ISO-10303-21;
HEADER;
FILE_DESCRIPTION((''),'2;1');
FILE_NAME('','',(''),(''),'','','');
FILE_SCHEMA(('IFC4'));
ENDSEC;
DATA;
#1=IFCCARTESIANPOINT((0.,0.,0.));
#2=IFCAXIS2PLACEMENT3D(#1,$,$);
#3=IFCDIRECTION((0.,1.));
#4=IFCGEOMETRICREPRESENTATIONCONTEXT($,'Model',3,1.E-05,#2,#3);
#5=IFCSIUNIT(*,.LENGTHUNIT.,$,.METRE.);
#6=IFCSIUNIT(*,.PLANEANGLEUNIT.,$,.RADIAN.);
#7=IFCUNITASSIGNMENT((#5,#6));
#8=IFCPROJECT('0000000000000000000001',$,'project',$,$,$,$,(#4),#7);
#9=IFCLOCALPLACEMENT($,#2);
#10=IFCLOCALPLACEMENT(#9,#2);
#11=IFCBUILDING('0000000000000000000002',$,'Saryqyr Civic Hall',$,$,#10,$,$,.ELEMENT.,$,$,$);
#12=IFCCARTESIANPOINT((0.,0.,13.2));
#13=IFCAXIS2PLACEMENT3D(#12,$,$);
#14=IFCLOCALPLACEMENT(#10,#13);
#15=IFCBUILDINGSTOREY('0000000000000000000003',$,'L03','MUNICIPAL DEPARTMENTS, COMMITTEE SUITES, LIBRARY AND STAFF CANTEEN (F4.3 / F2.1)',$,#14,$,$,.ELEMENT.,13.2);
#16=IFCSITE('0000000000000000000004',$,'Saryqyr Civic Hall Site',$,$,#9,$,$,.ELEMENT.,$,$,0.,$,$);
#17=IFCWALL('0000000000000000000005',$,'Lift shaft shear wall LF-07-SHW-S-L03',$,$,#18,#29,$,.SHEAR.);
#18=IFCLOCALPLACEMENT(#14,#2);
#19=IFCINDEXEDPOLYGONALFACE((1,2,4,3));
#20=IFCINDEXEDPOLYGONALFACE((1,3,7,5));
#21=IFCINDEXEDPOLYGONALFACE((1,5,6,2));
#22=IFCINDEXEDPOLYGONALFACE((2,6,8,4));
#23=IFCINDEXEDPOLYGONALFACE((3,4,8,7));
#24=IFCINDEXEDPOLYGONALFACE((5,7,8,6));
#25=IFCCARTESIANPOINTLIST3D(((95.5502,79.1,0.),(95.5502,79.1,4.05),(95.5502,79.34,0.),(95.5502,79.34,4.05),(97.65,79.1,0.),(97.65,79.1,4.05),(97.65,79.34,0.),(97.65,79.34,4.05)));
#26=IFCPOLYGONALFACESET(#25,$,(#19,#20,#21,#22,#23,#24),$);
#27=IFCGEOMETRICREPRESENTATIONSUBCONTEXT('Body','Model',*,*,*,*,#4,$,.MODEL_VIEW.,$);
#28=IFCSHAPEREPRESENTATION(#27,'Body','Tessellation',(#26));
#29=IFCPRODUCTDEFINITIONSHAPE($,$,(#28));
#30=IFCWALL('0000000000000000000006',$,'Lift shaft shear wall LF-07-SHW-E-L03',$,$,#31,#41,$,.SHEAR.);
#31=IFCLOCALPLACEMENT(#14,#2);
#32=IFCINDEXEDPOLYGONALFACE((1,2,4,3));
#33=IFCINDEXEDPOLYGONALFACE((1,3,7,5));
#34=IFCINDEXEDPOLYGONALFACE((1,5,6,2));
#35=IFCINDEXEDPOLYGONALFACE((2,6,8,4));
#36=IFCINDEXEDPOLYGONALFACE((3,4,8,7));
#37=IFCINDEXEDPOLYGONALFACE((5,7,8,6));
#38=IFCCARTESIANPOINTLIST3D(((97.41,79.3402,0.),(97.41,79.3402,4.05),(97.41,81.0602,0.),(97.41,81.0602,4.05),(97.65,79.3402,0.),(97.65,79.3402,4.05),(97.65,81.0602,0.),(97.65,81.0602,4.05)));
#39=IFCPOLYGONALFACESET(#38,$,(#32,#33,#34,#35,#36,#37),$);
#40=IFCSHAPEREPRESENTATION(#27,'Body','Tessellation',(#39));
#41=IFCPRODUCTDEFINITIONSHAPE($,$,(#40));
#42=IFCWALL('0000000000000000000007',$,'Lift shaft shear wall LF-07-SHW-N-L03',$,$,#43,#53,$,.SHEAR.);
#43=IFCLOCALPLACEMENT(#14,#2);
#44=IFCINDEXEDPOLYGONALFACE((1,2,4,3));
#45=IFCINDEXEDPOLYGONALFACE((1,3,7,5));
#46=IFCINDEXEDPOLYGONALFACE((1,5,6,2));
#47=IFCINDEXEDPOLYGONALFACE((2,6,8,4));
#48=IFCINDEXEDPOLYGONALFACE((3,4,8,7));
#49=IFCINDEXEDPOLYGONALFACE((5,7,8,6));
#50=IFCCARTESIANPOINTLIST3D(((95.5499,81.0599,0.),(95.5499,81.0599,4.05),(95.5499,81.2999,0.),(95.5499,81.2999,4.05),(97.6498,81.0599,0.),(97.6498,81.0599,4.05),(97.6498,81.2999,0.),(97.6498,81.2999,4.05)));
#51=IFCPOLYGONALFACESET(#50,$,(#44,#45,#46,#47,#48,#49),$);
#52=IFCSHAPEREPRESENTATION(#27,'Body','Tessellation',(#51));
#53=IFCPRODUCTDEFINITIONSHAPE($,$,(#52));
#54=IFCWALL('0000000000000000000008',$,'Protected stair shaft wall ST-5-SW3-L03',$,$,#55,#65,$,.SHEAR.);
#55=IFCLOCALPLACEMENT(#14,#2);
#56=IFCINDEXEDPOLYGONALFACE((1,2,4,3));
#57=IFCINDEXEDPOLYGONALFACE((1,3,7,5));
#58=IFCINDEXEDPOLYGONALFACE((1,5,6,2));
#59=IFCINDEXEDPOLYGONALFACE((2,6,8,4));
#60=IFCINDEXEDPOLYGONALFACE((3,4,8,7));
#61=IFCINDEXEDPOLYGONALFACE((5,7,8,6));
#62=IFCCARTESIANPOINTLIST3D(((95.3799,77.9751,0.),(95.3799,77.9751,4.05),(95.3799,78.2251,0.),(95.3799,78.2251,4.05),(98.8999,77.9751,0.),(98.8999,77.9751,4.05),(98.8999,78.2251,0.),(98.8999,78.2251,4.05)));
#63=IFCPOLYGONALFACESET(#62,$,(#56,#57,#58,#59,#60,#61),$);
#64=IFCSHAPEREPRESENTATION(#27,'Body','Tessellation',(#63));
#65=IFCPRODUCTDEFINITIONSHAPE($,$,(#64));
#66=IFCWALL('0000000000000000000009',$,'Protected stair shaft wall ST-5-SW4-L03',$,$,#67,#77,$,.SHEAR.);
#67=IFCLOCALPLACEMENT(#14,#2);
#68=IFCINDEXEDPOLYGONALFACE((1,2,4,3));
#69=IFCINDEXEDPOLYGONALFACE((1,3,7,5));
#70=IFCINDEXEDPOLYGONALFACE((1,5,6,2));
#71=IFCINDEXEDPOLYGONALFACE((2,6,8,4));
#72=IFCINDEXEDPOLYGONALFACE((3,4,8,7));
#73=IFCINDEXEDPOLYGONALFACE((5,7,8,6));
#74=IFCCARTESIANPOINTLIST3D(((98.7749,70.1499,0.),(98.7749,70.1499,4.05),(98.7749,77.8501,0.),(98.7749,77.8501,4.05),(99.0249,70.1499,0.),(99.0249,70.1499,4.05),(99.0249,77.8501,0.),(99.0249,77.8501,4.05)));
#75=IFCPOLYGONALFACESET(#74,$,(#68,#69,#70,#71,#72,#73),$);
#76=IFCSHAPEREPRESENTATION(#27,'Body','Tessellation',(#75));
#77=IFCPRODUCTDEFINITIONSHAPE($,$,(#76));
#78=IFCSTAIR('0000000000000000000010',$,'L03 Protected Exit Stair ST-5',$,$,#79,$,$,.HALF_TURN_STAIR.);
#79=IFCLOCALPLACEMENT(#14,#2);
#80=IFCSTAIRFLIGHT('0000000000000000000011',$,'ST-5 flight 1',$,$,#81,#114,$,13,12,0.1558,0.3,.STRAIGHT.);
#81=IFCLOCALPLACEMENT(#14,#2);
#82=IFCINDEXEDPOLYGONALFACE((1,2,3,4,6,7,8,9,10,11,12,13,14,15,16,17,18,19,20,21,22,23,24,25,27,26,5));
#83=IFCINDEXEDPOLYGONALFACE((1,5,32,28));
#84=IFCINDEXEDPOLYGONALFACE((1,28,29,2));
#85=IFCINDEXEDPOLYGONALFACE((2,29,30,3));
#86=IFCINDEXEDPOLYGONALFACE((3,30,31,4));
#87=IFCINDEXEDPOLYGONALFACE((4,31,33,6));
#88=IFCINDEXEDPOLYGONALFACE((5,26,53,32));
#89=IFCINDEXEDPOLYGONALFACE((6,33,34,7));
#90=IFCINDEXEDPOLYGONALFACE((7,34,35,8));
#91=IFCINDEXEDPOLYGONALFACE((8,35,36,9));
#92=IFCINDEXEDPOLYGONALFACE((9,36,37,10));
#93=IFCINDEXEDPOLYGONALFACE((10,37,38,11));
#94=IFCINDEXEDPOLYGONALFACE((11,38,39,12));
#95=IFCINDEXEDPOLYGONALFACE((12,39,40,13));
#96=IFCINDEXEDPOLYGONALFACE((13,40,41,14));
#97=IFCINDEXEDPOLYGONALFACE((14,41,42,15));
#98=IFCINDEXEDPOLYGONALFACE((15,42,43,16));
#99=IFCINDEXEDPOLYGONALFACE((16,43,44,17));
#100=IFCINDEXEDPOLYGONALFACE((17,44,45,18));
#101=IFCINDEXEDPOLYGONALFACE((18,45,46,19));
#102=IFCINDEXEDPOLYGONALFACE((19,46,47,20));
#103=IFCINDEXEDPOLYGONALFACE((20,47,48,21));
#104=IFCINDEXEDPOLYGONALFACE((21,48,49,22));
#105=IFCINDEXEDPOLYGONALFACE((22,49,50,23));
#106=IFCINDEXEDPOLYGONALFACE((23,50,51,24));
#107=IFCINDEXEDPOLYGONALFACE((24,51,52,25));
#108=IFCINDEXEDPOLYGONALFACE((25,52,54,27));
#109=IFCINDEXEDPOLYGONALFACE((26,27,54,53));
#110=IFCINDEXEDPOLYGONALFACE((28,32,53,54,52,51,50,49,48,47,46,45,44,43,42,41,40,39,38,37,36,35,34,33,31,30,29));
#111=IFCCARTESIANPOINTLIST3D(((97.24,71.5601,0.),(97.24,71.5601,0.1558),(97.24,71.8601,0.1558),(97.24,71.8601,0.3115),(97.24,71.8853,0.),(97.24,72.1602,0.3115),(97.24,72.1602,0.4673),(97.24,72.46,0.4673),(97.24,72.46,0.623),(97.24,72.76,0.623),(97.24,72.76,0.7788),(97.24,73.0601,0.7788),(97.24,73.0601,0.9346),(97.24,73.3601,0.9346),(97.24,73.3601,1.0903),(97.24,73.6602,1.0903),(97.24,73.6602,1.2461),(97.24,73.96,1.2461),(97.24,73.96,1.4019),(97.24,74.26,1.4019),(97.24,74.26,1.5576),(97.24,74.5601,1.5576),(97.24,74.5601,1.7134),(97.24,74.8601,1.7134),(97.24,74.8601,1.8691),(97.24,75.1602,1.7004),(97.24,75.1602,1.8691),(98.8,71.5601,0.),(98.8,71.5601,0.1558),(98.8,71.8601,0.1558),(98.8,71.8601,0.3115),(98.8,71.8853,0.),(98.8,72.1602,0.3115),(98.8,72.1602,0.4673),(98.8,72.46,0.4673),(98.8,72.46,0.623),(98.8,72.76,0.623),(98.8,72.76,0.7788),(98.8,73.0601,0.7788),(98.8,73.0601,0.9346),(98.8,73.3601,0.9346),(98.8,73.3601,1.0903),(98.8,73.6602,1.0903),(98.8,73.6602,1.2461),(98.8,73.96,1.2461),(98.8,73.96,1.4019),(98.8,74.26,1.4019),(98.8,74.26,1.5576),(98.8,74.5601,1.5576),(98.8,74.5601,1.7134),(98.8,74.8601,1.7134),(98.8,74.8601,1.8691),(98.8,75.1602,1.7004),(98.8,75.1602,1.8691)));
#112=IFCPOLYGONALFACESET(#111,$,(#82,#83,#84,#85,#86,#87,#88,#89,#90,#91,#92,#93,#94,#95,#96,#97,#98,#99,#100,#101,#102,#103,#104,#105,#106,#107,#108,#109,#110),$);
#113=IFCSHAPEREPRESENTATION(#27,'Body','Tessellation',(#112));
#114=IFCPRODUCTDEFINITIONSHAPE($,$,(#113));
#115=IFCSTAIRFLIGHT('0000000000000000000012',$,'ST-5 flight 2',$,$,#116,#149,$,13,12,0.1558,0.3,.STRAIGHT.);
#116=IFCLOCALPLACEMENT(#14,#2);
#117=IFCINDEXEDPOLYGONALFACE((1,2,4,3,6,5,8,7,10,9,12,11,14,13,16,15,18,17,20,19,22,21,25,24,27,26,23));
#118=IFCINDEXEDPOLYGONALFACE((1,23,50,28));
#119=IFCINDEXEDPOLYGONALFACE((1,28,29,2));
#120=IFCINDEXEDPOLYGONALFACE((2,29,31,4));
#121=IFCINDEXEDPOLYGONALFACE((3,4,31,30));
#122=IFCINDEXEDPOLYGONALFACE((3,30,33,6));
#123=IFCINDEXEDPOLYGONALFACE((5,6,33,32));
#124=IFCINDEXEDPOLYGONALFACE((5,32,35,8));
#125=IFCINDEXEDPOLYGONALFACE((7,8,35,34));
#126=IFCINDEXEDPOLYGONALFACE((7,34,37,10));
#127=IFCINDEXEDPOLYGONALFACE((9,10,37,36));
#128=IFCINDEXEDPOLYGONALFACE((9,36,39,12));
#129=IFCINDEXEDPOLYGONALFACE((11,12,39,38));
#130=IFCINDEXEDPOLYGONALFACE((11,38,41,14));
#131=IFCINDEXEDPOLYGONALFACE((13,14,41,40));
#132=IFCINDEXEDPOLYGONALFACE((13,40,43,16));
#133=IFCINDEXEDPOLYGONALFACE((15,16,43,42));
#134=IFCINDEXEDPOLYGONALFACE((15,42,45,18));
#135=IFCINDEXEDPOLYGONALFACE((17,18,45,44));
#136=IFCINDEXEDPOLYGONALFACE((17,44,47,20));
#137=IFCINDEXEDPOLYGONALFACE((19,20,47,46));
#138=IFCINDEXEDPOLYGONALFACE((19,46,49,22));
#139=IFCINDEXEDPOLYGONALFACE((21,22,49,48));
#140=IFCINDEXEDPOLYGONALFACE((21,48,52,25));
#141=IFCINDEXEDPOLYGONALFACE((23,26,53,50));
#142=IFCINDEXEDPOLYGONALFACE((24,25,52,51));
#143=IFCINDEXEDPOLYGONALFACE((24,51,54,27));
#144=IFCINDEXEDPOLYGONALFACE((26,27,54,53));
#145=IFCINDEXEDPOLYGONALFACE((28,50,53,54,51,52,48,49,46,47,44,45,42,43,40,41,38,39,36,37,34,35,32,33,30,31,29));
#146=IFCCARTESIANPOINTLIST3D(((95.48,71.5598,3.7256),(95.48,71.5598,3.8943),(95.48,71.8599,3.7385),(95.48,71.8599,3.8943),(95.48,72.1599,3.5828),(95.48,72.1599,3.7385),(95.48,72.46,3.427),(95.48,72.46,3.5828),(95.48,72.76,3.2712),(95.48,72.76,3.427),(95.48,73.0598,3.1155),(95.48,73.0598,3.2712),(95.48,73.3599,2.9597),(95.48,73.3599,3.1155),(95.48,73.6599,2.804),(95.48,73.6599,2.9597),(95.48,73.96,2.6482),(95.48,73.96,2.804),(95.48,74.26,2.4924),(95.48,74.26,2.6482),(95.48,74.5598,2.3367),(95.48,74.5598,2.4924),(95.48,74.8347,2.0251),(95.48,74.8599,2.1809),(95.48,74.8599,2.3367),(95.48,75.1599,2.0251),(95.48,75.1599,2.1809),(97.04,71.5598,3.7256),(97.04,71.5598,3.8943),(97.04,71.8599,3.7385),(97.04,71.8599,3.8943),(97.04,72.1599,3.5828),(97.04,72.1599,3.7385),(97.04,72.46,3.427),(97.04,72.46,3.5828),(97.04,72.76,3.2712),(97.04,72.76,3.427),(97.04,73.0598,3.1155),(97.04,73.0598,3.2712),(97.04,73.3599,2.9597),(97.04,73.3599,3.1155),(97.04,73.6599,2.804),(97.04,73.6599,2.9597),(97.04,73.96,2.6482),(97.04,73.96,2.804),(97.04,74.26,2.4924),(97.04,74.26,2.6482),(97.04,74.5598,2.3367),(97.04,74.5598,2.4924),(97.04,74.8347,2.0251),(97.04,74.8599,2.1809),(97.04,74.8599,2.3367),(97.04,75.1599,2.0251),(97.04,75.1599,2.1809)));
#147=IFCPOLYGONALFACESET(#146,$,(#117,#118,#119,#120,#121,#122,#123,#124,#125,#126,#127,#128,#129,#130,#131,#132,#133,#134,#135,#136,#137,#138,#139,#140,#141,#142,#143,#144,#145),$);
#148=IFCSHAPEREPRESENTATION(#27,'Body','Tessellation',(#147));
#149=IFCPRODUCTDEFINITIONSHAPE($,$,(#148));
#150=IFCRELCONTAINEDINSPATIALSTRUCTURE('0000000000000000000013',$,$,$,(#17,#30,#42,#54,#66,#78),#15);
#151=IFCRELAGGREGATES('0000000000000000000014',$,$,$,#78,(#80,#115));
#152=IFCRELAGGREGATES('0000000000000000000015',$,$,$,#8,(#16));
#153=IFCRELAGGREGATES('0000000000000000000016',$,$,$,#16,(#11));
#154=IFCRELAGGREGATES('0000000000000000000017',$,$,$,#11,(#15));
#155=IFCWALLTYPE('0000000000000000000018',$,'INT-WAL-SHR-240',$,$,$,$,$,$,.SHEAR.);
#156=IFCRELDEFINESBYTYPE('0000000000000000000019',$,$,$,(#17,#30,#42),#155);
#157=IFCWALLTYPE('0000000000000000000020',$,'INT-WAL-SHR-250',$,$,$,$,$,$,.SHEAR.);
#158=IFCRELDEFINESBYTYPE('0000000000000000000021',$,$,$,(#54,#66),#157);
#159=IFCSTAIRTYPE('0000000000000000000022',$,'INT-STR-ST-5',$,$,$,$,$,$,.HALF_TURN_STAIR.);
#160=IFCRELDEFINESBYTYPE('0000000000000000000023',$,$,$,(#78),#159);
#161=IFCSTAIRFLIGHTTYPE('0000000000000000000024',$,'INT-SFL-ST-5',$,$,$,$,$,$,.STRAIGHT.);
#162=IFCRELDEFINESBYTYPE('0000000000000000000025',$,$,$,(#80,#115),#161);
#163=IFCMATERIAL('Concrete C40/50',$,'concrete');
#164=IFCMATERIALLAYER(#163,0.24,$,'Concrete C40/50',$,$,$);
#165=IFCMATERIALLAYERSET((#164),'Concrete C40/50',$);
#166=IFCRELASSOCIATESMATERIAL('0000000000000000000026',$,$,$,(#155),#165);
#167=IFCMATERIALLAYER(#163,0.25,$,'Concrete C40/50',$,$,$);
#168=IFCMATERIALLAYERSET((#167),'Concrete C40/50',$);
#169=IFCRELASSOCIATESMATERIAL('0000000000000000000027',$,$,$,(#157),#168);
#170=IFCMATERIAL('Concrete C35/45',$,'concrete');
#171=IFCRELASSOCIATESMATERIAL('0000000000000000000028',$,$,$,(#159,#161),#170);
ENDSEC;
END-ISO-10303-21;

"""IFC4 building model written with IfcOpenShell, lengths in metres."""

from ifc_helpers import new_model, si_unit, direction, frame, frame_2d, origin, place, context, subcontext, project, spatial, polyline, rectangle, outline, extrude, material, layer, layer_set, type_object, element, aggregate, save


model = new_model("IFC4")

# Units and contexts
model_context = context("Model", 3, precision=1e-05, world=origin(), true_north=direction((0.0, 1.0)))
body_context = subcontext(model_context, "Body", "Model", "MODEL_VIEW")
ifc_project = project(units=[si_unit("LENGTHUNIT", "METRE"), si_unit("PLANEANGLEUNIT", "RADIAN")], contexts=[model_context])

# Site, building, storey
site_placement = place(None, origin())
site = spatial("IfcSite", under=ifc_project, at=site_placement, Name="Saryqyr Civic Hall Site", CompositionType="ELEMENT", RefElevation=0.0)
building_placement = place(site_placement, origin())
building = spatial("IfcBuilding", under=site, at=building_placement, Name="Saryqyr Civic Hall", CompositionType="ELEMENT")
storey_placement = place(building_placement, frame((0.0, 0.0, 13.2)))
storey = spatial("IfcBuildingStorey", under=building, at=storey_placement, Name="L03", Description="MUNICIPAL DEPARTMENTS, COMMITTEE SUITES, LIBRARY AND STAFF CANTEEN (F4.3 / F2.1)", CompositionType="ELEMENT", Elevation=13.2)

# Shared definitions
ifc_material_1 = material(Name="Concrete C40/50", Category="concrete")

# Walls
ifc_layer_1 = layer(ifc_material_1, 0.24, Name="Concrete C40/50")
ifc_layer_set_1 = layer_set([ifc_layer_1], Name="Concrete C40/50")
wall_type_1 = type_object("IfcWallType", Name="INT-WAL-SHR-240", PredefinedType="SHEAR", material=ifc_layer_set_1)
wall_1_placement = place(storey_placement, frame((97.6499, 79.22, 0.0), z_axis=(0.0, 0.0, 1.0), x_axis=(-1.0, 0.0, 0.0)))
element("IfcWall", 1, at=wall_1_placement, inside=storey, type_object=wall_type_1, Name="Lift shaft shear wall LF-07-SHW-S-L03", PredefinedType="SHEAR", context=body_context, shape_type="SweptSolid", body=[
    extrude(rectangle(XDim=2.0999, YDim=0.24, at=frame_2d((1.0498, 0.0))), origin(), (0.0, 0.0, 1.0), 4.05),
])
wall_2_placement = place(storey_placement, frame((97.53, 81.0601, 0.0), z_axis=(0.0, 0.0, 1.0), x_axis=(0.0, -1.0, 0.0)))
element("IfcWall", 2, at=wall_2_placement, inside=storey, type_object=wall_type_1, Name="Lift shaft shear wall LF-07-SHW-E-L03", PredefinedType="SHEAR", context=body_context, shape_type="SweptSolid", body=[
    extrude(rectangle(XDim=1.72, YDim=0.24, at=frame_2d((0.8599, 0.0))), origin(), (0.0, 0.0, 1.0), 4.05),
])
wall_3_placement = place(storey_placement, frame((95.55, 81.1799, 0.0), z_axis=(0.0, 0.0, 1.0), x_axis=(1.0, 0.0, 0.0)))
element("IfcWall", 3, at=wall_3_placement, inside=storey, type_object=wall_type_1, Name="Lift shaft shear wall LF-07-SHW-N-L03", PredefinedType="SHEAR", context=body_context, shape_type="SweptSolid", body=[
    extrude(rectangle(XDim=2.0999, YDim=0.24, at=frame_2d((1.0498, 0.0))), origin(), (0.0, 0.0, 1.0), 4.05),
])

# Walls
ifc_layer_2 = layer(ifc_material_1, 0.25, Name="Concrete C40/50")
ifc_layer_set_2 = layer_set([ifc_layer_2], Name="Concrete C40/50")
wall_type_2 = type_object("IfcWallType", Name="INT-WAL-SHR-250", PredefinedType="SHEAR", material=ifc_layer_set_2)
wall_4_placement = place(storey_placement, frame((95.3799, 78.1001, 0.0), z_axis=(0.0, 0.0, 1.0), x_axis=(1.0, 0.0, 0.0)))
element("IfcWall", 4, at=wall_4_placement, inside=storey, type_object=wall_type_2, Name="Protected stair shaft wall ST-5-SW3-L03", PredefinedType="SHEAR", context=body_context, shape_type="SweptSolid", body=[
    extrude(rectangle(XDim=3.52, YDim=0.25, at=frame_2d((1.76, 0.0))), origin(), (0.0, 0.0, 1.0), 4.05),
])
wall_5_placement = place(storey_placement, frame((98.8999, 77.8501, 0.0), z_axis=(0.0, 0.0, 1.0), x_axis=(0.0, -1.0, 0.0)))
element("IfcWall", 5, at=wall_5_placement, inside=storey, type_object=wall_type_2, Name="Protected stair shaft wall ST-5-SW4-L03", PredefinedType="SHEAR", context=body_context, shape_type="SweptSolid", body=[
    extrude(rectangle(XDim=7.7002, YDim=0.25, at=frame_2d((3.8501, 0.0))), origin(), (0.0, 0.0, 1.0), 4.05),
])

# Stair, stair flights
ifc_material_2 = material(Name="Concrete C35/45", Category="concrete")
stair_type = type_object("IfcStairType", Name="INT-STR-ST-5", PredefinedType="HALF_TURN_STAIR", material=ifc_material_2)
stair_placement = place(storey_placement, origin())
stair = element("IfcStair", 6, at=stair_placement, inside=storey, type_object=stair_type, Name="L03 Protected Exit Stair ST-5", PredefinedType="HALF_TURN_STAIR")
stair_flight_type = type_object("IfcStairFlightType", Name="INT-SFL-ST-5", PredefinedType="STRAIGHT", material=ifc_material_2)
stair_flight_1_placement = place(storey_placement, frame((98.02, 71.5601, 0.0), z_axis=(0.0, 0.0, 1.0), x_axis=(0.0, 1.0, 0.0)))
stair_flight_1 = element("IfcStairFlight", 7, at=stair_flight_1_placement, type_object=stair_flight_type, Name="ST-5 flight 1", NumberOfRisers=13, NumberOfTreads=12, PredefinedType="STRAIGHT", RiserHeight=0.1558, TreadLength=0.3, context=body_context, shape_type="SweptSolid", body=[
    extrude(outline(polyline([(0.0, 0.0), (0.0, 0.1558), (0.3, 0.1558), (0.3, 0.3115), (0.6001, 0.3115), (0.6001, 0.4673), (0.8999, 0.4673), (0.8999, 0.623), (1.2, 0.623), (1.2, 0.7788), (1.5, 0.7788), (1.5, 0.9346), (1.8, 0.9346), (1.8, 1.0903), (2.1001, 1.0903), (2.1001, 1.2461), (2.3999, 1.2461), (2.3999, 1.4019), (2.7, 1.4019), (2.7, 1.5576), (3.0, 1.5576), (3.0, 1.7134), (3.3, 1.7134), (3.3, 1.8691), (3.6001, 1.8691), (3.6001, 2.0249), (3.6001, 1.7004), (0.3252, 0.0), (0.0, 0.0)])), frame((0.0, 0.78, 0.0), z_axis=(0.0, -1.0, 0.0), x_axis=(1.0, 0.0, 0.0)), (0.0, 0.0, 1.0), 1.5601),
])
stair_flight_2_placement = place(storey_placement, frame((96.26, 75.1599, 2.0251), z_axis=(0.0, 0.0, 1.0), x_axis=(0.0, -1.0, 0.0)))
stair_flight_2 = element("IfcStairFlight", 8, at=stair_flight_2_placement, type_object=stair_flight_type, Name="ST-5 flight 2", NumberOfRisers=13, NumberOfTreads=12, PredefinedType="STRAIGHT", RiserHeight=0.1558, TreadLength=0.3, context=body_context, shape_type="SweptSolid", body=[
    extrude(outline(polyline([(0.0, 0.0), (0.0, 0.1558), (0.3, 0.1558), (0.3, 0.3115), (0.6001, 0.3115), (0.6001, 0.4673), (0.8999, 0.4673), (0.8999, 0.623), (1.2, 0.623), (1.2, 0.7788), (1.5, 0.7788), (1.5, 0.9346), (1.8, 0.9346), (1.8, 1.0903), (2.1001, 1.0903), (2.1001, 1.2461), (2.3999, 1.2461), (2.3999, 1.4019), (2.7, 1.4019), (2.7, 1.5576), (3.0, 1.5576), (3.0, 1.7134), (3.3, 1.7134), (3.3, 1.8691), (3.6001, 1.8691), (3.6001, 2.0249), (3.6001, 1.7004), (0.3252, 0.0), (0.0, 0.0)])), frame((0.0, 0.78, 0.0), z_axis=(0.0, -1.0, 0.0), x_axis=(1.0, 0.0, 0.0)), (0.0, 0.0, 1.0), 1.5601),
])
aggregate(stair, [stair_flight_1, stair_flight_2])

save(model, "model.ifc")
